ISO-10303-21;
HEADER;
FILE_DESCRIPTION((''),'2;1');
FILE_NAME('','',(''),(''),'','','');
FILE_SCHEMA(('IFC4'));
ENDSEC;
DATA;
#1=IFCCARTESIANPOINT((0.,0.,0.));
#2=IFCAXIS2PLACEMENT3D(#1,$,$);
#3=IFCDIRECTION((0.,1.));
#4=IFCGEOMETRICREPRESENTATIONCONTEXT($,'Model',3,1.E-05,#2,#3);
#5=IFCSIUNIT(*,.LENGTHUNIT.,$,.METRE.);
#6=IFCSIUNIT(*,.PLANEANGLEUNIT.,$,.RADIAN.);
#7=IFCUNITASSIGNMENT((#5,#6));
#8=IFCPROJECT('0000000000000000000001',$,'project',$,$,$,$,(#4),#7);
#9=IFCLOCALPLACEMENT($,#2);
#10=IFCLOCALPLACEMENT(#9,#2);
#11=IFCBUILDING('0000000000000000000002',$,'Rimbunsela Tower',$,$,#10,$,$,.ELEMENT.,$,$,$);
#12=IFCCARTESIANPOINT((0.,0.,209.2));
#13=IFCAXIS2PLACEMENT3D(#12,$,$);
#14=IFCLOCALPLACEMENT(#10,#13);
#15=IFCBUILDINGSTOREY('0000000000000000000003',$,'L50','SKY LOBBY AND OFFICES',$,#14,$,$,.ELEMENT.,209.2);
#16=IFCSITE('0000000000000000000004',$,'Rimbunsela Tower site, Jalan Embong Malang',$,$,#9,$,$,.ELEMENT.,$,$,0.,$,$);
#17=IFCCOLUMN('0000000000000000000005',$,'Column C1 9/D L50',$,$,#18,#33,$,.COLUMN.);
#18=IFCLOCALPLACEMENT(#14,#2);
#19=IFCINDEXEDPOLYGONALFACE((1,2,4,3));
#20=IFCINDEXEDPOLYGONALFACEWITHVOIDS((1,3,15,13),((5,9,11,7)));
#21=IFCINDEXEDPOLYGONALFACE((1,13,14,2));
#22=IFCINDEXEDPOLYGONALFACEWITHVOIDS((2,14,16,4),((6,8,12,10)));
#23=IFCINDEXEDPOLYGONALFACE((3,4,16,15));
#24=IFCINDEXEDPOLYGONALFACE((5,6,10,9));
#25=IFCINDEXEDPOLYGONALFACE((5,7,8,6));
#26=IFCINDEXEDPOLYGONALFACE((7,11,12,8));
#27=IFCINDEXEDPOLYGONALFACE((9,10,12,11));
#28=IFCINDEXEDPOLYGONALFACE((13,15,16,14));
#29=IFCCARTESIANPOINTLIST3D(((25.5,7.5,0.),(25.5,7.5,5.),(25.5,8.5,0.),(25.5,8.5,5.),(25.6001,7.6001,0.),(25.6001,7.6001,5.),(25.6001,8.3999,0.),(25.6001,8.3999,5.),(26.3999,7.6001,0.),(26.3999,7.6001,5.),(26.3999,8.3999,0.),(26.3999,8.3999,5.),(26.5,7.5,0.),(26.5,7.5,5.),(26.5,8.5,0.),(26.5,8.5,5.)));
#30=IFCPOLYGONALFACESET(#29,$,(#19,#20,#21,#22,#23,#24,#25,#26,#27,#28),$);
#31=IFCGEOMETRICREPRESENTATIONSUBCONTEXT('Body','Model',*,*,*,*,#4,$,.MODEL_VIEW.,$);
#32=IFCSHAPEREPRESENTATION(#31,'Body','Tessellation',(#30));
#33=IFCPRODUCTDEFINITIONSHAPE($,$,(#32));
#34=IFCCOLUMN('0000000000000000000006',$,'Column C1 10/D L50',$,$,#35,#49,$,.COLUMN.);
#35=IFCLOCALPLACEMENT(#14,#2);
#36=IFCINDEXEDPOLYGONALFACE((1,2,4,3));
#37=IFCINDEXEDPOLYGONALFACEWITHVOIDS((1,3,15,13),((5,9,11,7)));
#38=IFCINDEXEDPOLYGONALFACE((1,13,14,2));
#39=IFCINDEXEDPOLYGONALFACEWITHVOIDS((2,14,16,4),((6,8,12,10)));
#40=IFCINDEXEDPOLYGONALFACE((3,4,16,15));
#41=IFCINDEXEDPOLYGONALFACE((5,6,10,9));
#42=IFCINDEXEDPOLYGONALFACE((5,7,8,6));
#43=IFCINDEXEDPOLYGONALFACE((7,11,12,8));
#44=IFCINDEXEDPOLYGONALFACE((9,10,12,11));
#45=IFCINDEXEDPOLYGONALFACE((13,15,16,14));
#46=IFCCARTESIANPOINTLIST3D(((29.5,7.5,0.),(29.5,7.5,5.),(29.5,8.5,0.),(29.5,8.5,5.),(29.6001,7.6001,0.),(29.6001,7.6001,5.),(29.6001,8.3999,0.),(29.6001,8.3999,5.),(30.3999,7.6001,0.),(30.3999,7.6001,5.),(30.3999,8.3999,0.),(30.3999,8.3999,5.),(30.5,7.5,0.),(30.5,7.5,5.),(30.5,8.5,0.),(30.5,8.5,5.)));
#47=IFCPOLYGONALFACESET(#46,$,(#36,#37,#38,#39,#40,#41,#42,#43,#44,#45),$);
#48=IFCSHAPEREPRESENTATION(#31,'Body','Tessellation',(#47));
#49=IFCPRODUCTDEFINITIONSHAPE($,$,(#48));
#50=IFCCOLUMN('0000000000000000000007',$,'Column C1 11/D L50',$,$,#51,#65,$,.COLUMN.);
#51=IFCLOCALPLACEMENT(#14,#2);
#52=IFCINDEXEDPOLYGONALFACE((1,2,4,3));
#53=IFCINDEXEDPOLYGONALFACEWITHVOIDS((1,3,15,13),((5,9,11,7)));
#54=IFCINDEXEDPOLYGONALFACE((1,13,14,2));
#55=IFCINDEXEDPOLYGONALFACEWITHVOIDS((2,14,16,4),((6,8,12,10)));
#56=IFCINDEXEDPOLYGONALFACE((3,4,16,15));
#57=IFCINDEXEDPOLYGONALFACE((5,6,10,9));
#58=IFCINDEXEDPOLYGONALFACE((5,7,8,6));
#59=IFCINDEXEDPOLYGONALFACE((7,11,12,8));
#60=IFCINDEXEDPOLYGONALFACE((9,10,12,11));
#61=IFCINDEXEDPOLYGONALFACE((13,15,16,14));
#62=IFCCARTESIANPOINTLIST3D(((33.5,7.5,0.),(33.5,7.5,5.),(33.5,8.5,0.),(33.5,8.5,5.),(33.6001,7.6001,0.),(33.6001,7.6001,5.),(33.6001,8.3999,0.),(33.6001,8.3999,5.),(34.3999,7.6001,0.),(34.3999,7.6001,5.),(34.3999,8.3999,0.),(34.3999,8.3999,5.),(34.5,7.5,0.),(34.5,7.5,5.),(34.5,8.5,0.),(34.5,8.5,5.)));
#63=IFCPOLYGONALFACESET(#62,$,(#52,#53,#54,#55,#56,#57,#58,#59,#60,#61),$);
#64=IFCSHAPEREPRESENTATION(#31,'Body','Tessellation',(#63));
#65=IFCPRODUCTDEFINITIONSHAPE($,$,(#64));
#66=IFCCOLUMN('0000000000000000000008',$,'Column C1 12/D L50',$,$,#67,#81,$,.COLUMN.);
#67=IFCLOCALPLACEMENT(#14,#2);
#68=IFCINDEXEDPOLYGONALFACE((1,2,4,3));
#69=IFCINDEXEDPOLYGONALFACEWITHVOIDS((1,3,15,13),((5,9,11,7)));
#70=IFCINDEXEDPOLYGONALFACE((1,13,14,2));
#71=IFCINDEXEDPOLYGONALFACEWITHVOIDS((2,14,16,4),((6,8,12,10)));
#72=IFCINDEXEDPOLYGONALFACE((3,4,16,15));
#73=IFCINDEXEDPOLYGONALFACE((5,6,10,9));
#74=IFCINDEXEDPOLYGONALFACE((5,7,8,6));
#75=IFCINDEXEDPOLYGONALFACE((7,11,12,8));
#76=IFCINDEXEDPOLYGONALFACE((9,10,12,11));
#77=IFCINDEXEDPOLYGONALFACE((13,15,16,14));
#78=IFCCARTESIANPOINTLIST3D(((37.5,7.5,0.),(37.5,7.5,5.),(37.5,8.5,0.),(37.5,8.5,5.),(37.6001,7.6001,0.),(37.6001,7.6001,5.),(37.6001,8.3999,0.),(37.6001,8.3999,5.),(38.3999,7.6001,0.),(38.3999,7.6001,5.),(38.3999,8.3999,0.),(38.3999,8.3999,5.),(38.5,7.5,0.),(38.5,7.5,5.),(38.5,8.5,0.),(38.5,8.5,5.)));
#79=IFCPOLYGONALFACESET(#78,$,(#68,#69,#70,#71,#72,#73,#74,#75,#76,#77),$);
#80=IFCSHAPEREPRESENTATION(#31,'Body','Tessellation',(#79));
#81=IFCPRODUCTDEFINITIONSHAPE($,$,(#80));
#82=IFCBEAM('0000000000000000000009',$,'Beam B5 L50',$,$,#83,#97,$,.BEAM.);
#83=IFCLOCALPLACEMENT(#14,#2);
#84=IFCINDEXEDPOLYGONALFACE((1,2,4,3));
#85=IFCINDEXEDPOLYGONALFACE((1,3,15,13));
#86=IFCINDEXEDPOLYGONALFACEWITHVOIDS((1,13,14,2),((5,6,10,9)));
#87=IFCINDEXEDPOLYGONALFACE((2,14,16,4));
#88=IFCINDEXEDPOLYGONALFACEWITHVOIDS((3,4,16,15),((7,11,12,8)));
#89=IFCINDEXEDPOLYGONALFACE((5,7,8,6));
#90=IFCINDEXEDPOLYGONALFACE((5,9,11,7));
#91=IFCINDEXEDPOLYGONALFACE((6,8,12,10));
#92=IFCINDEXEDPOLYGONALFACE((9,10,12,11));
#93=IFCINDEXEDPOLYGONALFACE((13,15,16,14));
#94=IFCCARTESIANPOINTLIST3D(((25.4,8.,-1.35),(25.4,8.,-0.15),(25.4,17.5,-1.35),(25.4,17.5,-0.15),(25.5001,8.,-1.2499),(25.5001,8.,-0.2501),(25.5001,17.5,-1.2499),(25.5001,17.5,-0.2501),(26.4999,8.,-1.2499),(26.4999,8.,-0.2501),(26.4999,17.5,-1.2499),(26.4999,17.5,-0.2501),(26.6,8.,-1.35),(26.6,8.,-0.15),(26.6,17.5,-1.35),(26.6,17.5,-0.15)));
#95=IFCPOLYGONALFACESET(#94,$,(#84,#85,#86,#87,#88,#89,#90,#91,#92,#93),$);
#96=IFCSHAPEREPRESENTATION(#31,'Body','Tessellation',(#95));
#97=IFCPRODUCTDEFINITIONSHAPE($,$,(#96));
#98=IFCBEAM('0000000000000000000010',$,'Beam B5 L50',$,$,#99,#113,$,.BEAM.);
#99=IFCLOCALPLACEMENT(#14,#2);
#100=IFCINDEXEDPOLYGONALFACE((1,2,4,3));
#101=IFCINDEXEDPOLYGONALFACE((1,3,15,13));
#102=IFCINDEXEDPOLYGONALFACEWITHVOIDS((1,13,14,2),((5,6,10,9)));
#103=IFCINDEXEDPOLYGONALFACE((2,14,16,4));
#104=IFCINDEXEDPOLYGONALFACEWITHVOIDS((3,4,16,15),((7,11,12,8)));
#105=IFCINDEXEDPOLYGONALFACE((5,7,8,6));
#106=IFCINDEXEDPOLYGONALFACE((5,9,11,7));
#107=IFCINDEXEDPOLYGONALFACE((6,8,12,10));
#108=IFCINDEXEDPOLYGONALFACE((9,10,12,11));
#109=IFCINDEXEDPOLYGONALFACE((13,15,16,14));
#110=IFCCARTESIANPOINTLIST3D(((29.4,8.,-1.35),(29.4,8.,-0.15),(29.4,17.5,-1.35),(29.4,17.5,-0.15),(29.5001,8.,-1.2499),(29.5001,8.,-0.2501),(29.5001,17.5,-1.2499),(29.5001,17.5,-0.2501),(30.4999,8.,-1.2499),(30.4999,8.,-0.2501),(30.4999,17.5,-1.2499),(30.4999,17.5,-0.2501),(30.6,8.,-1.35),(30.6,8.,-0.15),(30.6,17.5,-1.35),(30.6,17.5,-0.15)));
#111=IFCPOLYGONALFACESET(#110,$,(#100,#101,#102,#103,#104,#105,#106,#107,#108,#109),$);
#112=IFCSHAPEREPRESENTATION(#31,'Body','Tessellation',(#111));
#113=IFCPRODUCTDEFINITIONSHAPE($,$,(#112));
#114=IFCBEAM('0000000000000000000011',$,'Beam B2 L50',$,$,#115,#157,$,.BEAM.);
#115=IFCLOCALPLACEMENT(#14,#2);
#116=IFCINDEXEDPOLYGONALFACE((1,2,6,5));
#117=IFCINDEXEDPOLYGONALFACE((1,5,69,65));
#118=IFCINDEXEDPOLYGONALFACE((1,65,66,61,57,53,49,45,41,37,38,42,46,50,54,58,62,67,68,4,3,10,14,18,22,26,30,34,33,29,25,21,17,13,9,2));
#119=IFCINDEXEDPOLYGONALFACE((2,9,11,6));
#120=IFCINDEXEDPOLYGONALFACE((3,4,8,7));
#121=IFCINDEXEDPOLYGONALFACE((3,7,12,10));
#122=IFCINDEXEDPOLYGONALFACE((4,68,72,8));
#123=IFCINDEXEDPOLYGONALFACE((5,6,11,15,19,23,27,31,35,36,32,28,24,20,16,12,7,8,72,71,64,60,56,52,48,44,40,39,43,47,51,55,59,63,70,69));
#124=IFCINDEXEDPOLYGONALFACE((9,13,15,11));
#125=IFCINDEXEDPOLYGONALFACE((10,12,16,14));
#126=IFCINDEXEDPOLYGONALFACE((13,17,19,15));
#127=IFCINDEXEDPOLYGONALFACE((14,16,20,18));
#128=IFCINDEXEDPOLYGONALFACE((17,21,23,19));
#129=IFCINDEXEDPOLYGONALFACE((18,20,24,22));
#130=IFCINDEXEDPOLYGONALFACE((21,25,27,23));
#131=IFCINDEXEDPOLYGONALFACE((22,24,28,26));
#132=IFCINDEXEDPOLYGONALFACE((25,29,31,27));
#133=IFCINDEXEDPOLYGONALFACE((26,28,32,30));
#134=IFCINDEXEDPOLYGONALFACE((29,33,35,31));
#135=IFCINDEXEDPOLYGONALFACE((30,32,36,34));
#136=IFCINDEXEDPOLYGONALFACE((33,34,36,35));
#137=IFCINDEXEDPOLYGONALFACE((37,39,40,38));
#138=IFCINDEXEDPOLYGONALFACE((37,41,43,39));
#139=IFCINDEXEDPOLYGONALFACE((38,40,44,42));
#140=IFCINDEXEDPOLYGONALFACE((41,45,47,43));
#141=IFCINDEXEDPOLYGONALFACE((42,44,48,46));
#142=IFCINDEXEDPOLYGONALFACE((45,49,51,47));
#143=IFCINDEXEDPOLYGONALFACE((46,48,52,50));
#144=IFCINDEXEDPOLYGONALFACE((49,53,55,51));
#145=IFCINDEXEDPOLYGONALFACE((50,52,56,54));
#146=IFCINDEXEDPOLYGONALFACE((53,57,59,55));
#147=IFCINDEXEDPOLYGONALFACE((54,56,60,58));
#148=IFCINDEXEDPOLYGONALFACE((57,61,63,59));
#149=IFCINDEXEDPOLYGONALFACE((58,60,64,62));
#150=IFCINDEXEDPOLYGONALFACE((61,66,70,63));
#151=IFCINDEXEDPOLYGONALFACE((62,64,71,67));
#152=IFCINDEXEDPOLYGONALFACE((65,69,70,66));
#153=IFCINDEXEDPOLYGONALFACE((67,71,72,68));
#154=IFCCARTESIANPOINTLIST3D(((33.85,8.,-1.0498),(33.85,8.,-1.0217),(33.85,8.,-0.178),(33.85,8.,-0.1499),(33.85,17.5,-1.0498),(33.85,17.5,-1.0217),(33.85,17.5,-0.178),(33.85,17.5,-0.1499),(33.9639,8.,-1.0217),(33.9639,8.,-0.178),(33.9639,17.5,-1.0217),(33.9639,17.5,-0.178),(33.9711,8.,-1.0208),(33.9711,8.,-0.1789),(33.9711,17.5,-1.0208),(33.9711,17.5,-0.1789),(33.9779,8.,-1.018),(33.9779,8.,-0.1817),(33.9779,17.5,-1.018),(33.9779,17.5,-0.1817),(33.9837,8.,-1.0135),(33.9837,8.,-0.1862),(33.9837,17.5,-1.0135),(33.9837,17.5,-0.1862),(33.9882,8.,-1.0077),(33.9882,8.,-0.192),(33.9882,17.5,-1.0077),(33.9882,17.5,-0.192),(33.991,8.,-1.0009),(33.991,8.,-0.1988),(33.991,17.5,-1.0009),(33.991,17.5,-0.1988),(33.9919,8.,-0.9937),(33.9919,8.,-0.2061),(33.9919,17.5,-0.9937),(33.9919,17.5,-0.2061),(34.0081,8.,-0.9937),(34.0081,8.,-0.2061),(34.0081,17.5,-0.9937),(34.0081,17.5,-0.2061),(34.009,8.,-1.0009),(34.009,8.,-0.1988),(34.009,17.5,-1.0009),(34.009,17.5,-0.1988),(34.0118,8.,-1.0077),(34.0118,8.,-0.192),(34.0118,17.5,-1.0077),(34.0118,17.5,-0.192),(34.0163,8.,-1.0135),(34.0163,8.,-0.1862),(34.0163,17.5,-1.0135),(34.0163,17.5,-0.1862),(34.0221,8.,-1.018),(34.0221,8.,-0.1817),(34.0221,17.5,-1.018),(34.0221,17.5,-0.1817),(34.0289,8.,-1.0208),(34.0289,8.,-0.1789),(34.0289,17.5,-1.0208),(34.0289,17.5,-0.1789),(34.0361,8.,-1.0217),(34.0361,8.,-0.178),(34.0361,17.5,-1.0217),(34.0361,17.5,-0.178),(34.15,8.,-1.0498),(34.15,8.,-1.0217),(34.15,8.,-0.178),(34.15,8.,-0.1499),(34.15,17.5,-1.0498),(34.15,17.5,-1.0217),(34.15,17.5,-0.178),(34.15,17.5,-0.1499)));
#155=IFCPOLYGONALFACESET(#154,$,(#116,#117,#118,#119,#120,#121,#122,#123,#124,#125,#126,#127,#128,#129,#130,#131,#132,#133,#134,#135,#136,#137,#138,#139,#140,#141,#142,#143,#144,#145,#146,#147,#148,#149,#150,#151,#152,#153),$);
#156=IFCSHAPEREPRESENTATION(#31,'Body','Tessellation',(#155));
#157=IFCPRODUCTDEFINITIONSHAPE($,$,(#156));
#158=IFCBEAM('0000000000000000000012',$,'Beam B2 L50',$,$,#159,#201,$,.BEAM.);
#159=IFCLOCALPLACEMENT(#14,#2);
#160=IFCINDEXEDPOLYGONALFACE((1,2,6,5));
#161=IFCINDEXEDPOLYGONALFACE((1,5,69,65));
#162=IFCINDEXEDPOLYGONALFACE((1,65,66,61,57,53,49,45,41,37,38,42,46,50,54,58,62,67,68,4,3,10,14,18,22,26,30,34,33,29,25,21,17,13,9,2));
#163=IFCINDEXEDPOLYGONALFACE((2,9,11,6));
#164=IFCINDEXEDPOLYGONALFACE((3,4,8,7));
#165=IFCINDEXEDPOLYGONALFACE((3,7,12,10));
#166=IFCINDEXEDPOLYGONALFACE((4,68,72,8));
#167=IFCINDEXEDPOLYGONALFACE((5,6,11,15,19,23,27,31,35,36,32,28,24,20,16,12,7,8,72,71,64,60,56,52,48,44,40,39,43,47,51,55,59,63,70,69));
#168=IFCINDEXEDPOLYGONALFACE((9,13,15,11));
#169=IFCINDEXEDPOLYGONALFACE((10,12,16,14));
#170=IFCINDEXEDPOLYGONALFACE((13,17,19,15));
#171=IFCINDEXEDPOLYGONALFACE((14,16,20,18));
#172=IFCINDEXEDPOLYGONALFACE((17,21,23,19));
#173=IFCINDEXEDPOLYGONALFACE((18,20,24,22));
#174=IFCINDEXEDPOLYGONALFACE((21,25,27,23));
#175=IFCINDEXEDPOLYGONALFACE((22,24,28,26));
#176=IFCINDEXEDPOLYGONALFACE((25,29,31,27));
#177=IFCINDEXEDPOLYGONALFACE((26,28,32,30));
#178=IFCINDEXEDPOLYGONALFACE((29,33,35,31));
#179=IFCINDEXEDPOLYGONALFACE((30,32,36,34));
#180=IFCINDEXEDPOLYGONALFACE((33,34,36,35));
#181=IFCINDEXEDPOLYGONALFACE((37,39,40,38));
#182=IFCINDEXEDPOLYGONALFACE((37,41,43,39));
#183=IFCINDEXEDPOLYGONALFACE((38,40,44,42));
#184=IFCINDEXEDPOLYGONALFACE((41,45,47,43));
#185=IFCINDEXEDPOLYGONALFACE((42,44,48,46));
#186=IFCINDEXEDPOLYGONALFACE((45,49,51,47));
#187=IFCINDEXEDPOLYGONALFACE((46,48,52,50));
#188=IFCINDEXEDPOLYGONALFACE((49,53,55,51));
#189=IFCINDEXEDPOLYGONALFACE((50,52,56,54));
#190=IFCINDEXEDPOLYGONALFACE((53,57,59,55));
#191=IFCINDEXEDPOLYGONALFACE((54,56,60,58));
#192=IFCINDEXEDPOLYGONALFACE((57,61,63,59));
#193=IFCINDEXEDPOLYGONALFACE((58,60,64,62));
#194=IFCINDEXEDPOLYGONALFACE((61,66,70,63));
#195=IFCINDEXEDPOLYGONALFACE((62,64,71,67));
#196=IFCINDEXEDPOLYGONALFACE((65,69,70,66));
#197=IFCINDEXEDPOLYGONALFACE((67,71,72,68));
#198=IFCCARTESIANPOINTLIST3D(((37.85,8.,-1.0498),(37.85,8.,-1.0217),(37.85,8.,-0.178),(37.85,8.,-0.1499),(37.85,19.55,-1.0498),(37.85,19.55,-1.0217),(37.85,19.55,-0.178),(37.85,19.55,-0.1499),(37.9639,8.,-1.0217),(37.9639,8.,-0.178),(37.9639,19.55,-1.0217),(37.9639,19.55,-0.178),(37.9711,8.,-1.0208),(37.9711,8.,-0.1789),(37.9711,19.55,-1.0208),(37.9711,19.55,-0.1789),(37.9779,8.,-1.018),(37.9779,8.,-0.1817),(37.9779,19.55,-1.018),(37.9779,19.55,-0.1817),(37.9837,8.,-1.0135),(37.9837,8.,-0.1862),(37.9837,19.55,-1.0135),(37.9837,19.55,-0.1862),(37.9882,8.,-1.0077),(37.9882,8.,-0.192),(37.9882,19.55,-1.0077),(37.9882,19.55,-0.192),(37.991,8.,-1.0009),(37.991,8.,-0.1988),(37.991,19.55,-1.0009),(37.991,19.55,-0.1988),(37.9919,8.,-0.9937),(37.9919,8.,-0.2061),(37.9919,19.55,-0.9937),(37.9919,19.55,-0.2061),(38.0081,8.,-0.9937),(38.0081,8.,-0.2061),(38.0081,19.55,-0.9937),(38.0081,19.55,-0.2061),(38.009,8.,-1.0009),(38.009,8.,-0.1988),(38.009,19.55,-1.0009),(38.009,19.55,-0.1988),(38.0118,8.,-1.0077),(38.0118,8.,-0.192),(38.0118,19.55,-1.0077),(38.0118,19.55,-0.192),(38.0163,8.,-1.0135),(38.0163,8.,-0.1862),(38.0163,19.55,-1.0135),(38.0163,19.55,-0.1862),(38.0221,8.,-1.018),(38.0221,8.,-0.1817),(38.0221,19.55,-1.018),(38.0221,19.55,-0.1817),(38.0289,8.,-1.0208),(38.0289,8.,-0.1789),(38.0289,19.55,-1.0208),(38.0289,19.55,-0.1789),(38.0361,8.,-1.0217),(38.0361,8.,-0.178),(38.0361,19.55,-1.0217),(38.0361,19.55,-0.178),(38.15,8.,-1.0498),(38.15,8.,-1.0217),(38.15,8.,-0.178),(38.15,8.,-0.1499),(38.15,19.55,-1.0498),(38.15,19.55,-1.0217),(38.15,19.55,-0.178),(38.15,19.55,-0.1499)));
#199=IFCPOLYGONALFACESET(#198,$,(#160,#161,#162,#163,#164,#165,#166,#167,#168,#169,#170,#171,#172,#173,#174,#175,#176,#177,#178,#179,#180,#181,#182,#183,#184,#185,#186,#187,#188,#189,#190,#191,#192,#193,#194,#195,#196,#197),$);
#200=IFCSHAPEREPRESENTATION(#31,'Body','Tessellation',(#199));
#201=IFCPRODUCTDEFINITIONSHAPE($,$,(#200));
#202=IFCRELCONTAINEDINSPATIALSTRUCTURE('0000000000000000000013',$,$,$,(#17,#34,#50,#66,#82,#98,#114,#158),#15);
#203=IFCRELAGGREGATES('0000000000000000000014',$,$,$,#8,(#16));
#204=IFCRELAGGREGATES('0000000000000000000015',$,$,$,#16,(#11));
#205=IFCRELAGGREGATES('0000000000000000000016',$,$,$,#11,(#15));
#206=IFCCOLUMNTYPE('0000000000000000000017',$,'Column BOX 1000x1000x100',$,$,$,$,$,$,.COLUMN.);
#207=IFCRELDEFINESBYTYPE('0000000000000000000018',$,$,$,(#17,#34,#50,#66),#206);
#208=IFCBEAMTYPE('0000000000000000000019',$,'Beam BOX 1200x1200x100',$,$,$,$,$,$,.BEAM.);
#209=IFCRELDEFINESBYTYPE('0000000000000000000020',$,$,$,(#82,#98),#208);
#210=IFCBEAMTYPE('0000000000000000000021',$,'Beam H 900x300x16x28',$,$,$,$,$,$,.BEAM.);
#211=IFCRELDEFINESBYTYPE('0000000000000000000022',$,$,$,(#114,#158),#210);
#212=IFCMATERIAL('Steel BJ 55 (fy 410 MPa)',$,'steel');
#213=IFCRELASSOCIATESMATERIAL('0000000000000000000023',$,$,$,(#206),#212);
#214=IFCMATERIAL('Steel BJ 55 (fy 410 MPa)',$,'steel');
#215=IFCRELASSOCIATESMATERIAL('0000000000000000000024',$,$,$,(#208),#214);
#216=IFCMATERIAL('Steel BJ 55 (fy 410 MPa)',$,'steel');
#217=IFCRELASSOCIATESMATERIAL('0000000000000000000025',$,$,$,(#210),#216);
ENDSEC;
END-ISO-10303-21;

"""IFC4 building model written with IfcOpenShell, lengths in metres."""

from ifc_helpers import new_model, si_unit, direction, frame, origin, origin_2d, place, context, subcontext, project, spatial, hollow_rectangle, i_section, extrude, material, material_profile, profile_set, type_object, element, save


model = new_model("IFC4")

# Units and contexts
model_context = context("Model", 3, precision=1e-05, world=origin(), true_north=direction((0.0, 1.0)))
body_context = subcontext(model_context, "Body", "Model", "MODEL_VIEW")
ifc_project = project(units=[si_unit("LENGTHUNIT", "METRE"), si_unit("PLANEANGLEUNIT", "RADIAN")], contexts=[model_context])

# Site, building, storey
site_placement = place(None, origin())
site = spatial("IfcSite", under=ifc_project, at=site_placement, Name="Rimbunsela Tower site, Jalan Embong Malang", CompositionType="ELEMENT", RefElevation=0.0)
building_placement = place(site_placement, origin())
building = spatial("IfcBuilding", under=site, at=building_placement, Name="Rimbunsela Tower", CompositionType="ELEMENT")
storey_placement = place(building_placement, frame((0.0, 0.0, 209.2)))
storey = spatial("IfcBuildingStorey", under=building, at=storey_placement, Name="L50", Description="SKY LOBBY AND OFFICES", CompositionType="ELEMENT", Elevation=209.2)

# Columns
ifc_material_1 = material(Name="Steel BJ 55 (fy 410 MPa)", Category="steel")
ifc_material_profile_1 = material_profile(ifc_material_1, hollow_rectangle(XDim=1.0, YDim=1.0, WallThickness=0.1001, at=origin_2d()), Name="BOX 1000x1000x100")
ifc_profile_set_1 = profile_set([ifc_material_profile_1], Name="Steel BJ 55 (fy 410 MPa)")
column_type = type_object("IfcColumnType", Name="Column BOX 1000x1000x100", PredefinedType="COLUMN", material=ifc_profile_set_1)
for number, where, z_axis, x_axis, name in (
    (1, (26.0, 8.0, 0.0), (0.0, 0.0, 1.0), (1.0, 0.0, 0.0), "Column C1 9/D L50"),
    (2, (30.0, 8.0, 0.0), (0.0, 0.0, 1.0), (1.0, 0.0, 0.0), "Column C1 10/D L50"),
    (3, (34.0, 8.0, 0.0), (0.0, 0.0, 1.0), (1.0, 0.0, 0.0), "Column C1 11/D L50"),
    (4, (38.0, 8.0, 0.0), (0.0, 0.0, 1.0), (1.0, 0.0, 0.0), "Column C1 12/D L50"),
):
    element("IfcColumn", number, at=place(storey_placement, frame(where, z_axis=z_axis, x_axis=x_axis)), inside=storey, type_object=column_type, Name=name, PredefinedType="COLUMN", context=body_context, shape_type="SweptSolid", body=[
        extrude(hollow_rectangle(XDim=1.0, YDim=1.0, WallThickness=0.1001, at=origin_2d()), origin(), (0.0, 0.0, 1.0), 5.0),
    ])

# Beams
ifc_material_2 = material(Name="Steel BJ 55 (fy 410 MPa)", Category="steel")
ifc_material_profile_2 = material_profile(ifc_material_2, hollow_rectangle(XDim=1.2, YDim=1.2, WallThickness=0.1001, at=origin_2d()), Name="BOX 1200x1200x100")
ifc_profile_set_2 = profile_set([ifc_material_profile_2], Name="Steel BJ 55 (fy 410 MPa)")
beam_type_1 = type_object("IfcBeamType", Name="Beam BOX 1200x1200x100", PredefinedType="BEAM", material=ifc_profile_set_2)
for number, where, z_axis, x_axis, name in (
    (5, (26.0, 8.0, -0.75), (0.0, 1.0, 0.0), (-1.0, 0.0, 0.0), "Beam B5 L50"),
    (6, (30.0, 8.0, -0.75), (0.0, 1.0, 0.0), (-1.0, 0.0, 0.0), "Beam B5 L50"),
):
    element("IfcBeam", number, at=place(storey_placement, frame(where, z_axis=z_axis, x_axis=x_axis)), inside=storey, type_object=beam_type_1, Name=name, PredefinedType="BEAM", context=body_context, shape_type="SweptSolid", body=[
        extrude(hollow_rectangle(XDim=1.2, YDim=1.2, WallThickness=0.1001, at=origin_2d()), origin(), (0.0, 0.0, 1.0), 9.5),
    ])
ifc_material_3 = material(Name="Steel BJ 55 (fy 410 MPa)", Category="steel")
ifc_material_profile_3 = material_profile(ifc_material_3, i_section(OverallWidth=0.3, OverallDepth=0.8999, WebThickness=0.0161, FlangeThickness=0.0281, FilletRadius=0.0281, at=origin_2d()), Name="H 900x300x16x28")
ifc_profile_set_3 = profile_set([ifc_material_profile_3], Name="Steel BJ 55 (fy 410 MPa)")
beam_type_2 = type_object("IfcBeamType", Name="Beam H 900x300x16x28", PredefinedType="BEAM", material=ifc_profile_set_3)
beam_1_placement = place(storey_placement, frame((34.0, 8.0, -0.5999), z_axis=(0.0, 1.0, 0.0), x_axis=(-1.0, 0.0, 0.0)))
element("IfcBeam", 7, at=beam_1_placement, inside=storey, type_object=beam_type_2, Name="Beam B2 L50", PredefinedType="BEAM", context=body_context, shape_type="SweptSolid", body=[
    extrude(i_section(OverallWidth=0.3, OverallDepth=0.8999, WebThickness=0.0161, FlangeThickness=0.0281, FilletRadius=0.0281, at=origin_2d()), origin(), (0.0, 0.0, 1.0), 9.5),
])
beam_2_placement = place(storey_placement, frame((38.0, 8.0, -0.5999), z_axis=(0.0, 1.0, 0.0), x_axis=(-1.0, 0.0, 0.0)))
element("IfcBeam", 8, at=beam_2_placement, inside=storey, type_object=beam_type_2, Name="Beam B2 L50", PredefinedType="BEAM", context=body_context, shape_type="SweptSolid", body=[
    extrude(i_section(OverallWidth=0.3, OverallDepth=0.8999, WebThickness=0.0161, FlangeThickness=0.0281, FilletRadius=0.0281, at=origin_2d()), origin(), (0.0, 0.0, 1.0), 11.55),
])

save(model, "model.ifc")
